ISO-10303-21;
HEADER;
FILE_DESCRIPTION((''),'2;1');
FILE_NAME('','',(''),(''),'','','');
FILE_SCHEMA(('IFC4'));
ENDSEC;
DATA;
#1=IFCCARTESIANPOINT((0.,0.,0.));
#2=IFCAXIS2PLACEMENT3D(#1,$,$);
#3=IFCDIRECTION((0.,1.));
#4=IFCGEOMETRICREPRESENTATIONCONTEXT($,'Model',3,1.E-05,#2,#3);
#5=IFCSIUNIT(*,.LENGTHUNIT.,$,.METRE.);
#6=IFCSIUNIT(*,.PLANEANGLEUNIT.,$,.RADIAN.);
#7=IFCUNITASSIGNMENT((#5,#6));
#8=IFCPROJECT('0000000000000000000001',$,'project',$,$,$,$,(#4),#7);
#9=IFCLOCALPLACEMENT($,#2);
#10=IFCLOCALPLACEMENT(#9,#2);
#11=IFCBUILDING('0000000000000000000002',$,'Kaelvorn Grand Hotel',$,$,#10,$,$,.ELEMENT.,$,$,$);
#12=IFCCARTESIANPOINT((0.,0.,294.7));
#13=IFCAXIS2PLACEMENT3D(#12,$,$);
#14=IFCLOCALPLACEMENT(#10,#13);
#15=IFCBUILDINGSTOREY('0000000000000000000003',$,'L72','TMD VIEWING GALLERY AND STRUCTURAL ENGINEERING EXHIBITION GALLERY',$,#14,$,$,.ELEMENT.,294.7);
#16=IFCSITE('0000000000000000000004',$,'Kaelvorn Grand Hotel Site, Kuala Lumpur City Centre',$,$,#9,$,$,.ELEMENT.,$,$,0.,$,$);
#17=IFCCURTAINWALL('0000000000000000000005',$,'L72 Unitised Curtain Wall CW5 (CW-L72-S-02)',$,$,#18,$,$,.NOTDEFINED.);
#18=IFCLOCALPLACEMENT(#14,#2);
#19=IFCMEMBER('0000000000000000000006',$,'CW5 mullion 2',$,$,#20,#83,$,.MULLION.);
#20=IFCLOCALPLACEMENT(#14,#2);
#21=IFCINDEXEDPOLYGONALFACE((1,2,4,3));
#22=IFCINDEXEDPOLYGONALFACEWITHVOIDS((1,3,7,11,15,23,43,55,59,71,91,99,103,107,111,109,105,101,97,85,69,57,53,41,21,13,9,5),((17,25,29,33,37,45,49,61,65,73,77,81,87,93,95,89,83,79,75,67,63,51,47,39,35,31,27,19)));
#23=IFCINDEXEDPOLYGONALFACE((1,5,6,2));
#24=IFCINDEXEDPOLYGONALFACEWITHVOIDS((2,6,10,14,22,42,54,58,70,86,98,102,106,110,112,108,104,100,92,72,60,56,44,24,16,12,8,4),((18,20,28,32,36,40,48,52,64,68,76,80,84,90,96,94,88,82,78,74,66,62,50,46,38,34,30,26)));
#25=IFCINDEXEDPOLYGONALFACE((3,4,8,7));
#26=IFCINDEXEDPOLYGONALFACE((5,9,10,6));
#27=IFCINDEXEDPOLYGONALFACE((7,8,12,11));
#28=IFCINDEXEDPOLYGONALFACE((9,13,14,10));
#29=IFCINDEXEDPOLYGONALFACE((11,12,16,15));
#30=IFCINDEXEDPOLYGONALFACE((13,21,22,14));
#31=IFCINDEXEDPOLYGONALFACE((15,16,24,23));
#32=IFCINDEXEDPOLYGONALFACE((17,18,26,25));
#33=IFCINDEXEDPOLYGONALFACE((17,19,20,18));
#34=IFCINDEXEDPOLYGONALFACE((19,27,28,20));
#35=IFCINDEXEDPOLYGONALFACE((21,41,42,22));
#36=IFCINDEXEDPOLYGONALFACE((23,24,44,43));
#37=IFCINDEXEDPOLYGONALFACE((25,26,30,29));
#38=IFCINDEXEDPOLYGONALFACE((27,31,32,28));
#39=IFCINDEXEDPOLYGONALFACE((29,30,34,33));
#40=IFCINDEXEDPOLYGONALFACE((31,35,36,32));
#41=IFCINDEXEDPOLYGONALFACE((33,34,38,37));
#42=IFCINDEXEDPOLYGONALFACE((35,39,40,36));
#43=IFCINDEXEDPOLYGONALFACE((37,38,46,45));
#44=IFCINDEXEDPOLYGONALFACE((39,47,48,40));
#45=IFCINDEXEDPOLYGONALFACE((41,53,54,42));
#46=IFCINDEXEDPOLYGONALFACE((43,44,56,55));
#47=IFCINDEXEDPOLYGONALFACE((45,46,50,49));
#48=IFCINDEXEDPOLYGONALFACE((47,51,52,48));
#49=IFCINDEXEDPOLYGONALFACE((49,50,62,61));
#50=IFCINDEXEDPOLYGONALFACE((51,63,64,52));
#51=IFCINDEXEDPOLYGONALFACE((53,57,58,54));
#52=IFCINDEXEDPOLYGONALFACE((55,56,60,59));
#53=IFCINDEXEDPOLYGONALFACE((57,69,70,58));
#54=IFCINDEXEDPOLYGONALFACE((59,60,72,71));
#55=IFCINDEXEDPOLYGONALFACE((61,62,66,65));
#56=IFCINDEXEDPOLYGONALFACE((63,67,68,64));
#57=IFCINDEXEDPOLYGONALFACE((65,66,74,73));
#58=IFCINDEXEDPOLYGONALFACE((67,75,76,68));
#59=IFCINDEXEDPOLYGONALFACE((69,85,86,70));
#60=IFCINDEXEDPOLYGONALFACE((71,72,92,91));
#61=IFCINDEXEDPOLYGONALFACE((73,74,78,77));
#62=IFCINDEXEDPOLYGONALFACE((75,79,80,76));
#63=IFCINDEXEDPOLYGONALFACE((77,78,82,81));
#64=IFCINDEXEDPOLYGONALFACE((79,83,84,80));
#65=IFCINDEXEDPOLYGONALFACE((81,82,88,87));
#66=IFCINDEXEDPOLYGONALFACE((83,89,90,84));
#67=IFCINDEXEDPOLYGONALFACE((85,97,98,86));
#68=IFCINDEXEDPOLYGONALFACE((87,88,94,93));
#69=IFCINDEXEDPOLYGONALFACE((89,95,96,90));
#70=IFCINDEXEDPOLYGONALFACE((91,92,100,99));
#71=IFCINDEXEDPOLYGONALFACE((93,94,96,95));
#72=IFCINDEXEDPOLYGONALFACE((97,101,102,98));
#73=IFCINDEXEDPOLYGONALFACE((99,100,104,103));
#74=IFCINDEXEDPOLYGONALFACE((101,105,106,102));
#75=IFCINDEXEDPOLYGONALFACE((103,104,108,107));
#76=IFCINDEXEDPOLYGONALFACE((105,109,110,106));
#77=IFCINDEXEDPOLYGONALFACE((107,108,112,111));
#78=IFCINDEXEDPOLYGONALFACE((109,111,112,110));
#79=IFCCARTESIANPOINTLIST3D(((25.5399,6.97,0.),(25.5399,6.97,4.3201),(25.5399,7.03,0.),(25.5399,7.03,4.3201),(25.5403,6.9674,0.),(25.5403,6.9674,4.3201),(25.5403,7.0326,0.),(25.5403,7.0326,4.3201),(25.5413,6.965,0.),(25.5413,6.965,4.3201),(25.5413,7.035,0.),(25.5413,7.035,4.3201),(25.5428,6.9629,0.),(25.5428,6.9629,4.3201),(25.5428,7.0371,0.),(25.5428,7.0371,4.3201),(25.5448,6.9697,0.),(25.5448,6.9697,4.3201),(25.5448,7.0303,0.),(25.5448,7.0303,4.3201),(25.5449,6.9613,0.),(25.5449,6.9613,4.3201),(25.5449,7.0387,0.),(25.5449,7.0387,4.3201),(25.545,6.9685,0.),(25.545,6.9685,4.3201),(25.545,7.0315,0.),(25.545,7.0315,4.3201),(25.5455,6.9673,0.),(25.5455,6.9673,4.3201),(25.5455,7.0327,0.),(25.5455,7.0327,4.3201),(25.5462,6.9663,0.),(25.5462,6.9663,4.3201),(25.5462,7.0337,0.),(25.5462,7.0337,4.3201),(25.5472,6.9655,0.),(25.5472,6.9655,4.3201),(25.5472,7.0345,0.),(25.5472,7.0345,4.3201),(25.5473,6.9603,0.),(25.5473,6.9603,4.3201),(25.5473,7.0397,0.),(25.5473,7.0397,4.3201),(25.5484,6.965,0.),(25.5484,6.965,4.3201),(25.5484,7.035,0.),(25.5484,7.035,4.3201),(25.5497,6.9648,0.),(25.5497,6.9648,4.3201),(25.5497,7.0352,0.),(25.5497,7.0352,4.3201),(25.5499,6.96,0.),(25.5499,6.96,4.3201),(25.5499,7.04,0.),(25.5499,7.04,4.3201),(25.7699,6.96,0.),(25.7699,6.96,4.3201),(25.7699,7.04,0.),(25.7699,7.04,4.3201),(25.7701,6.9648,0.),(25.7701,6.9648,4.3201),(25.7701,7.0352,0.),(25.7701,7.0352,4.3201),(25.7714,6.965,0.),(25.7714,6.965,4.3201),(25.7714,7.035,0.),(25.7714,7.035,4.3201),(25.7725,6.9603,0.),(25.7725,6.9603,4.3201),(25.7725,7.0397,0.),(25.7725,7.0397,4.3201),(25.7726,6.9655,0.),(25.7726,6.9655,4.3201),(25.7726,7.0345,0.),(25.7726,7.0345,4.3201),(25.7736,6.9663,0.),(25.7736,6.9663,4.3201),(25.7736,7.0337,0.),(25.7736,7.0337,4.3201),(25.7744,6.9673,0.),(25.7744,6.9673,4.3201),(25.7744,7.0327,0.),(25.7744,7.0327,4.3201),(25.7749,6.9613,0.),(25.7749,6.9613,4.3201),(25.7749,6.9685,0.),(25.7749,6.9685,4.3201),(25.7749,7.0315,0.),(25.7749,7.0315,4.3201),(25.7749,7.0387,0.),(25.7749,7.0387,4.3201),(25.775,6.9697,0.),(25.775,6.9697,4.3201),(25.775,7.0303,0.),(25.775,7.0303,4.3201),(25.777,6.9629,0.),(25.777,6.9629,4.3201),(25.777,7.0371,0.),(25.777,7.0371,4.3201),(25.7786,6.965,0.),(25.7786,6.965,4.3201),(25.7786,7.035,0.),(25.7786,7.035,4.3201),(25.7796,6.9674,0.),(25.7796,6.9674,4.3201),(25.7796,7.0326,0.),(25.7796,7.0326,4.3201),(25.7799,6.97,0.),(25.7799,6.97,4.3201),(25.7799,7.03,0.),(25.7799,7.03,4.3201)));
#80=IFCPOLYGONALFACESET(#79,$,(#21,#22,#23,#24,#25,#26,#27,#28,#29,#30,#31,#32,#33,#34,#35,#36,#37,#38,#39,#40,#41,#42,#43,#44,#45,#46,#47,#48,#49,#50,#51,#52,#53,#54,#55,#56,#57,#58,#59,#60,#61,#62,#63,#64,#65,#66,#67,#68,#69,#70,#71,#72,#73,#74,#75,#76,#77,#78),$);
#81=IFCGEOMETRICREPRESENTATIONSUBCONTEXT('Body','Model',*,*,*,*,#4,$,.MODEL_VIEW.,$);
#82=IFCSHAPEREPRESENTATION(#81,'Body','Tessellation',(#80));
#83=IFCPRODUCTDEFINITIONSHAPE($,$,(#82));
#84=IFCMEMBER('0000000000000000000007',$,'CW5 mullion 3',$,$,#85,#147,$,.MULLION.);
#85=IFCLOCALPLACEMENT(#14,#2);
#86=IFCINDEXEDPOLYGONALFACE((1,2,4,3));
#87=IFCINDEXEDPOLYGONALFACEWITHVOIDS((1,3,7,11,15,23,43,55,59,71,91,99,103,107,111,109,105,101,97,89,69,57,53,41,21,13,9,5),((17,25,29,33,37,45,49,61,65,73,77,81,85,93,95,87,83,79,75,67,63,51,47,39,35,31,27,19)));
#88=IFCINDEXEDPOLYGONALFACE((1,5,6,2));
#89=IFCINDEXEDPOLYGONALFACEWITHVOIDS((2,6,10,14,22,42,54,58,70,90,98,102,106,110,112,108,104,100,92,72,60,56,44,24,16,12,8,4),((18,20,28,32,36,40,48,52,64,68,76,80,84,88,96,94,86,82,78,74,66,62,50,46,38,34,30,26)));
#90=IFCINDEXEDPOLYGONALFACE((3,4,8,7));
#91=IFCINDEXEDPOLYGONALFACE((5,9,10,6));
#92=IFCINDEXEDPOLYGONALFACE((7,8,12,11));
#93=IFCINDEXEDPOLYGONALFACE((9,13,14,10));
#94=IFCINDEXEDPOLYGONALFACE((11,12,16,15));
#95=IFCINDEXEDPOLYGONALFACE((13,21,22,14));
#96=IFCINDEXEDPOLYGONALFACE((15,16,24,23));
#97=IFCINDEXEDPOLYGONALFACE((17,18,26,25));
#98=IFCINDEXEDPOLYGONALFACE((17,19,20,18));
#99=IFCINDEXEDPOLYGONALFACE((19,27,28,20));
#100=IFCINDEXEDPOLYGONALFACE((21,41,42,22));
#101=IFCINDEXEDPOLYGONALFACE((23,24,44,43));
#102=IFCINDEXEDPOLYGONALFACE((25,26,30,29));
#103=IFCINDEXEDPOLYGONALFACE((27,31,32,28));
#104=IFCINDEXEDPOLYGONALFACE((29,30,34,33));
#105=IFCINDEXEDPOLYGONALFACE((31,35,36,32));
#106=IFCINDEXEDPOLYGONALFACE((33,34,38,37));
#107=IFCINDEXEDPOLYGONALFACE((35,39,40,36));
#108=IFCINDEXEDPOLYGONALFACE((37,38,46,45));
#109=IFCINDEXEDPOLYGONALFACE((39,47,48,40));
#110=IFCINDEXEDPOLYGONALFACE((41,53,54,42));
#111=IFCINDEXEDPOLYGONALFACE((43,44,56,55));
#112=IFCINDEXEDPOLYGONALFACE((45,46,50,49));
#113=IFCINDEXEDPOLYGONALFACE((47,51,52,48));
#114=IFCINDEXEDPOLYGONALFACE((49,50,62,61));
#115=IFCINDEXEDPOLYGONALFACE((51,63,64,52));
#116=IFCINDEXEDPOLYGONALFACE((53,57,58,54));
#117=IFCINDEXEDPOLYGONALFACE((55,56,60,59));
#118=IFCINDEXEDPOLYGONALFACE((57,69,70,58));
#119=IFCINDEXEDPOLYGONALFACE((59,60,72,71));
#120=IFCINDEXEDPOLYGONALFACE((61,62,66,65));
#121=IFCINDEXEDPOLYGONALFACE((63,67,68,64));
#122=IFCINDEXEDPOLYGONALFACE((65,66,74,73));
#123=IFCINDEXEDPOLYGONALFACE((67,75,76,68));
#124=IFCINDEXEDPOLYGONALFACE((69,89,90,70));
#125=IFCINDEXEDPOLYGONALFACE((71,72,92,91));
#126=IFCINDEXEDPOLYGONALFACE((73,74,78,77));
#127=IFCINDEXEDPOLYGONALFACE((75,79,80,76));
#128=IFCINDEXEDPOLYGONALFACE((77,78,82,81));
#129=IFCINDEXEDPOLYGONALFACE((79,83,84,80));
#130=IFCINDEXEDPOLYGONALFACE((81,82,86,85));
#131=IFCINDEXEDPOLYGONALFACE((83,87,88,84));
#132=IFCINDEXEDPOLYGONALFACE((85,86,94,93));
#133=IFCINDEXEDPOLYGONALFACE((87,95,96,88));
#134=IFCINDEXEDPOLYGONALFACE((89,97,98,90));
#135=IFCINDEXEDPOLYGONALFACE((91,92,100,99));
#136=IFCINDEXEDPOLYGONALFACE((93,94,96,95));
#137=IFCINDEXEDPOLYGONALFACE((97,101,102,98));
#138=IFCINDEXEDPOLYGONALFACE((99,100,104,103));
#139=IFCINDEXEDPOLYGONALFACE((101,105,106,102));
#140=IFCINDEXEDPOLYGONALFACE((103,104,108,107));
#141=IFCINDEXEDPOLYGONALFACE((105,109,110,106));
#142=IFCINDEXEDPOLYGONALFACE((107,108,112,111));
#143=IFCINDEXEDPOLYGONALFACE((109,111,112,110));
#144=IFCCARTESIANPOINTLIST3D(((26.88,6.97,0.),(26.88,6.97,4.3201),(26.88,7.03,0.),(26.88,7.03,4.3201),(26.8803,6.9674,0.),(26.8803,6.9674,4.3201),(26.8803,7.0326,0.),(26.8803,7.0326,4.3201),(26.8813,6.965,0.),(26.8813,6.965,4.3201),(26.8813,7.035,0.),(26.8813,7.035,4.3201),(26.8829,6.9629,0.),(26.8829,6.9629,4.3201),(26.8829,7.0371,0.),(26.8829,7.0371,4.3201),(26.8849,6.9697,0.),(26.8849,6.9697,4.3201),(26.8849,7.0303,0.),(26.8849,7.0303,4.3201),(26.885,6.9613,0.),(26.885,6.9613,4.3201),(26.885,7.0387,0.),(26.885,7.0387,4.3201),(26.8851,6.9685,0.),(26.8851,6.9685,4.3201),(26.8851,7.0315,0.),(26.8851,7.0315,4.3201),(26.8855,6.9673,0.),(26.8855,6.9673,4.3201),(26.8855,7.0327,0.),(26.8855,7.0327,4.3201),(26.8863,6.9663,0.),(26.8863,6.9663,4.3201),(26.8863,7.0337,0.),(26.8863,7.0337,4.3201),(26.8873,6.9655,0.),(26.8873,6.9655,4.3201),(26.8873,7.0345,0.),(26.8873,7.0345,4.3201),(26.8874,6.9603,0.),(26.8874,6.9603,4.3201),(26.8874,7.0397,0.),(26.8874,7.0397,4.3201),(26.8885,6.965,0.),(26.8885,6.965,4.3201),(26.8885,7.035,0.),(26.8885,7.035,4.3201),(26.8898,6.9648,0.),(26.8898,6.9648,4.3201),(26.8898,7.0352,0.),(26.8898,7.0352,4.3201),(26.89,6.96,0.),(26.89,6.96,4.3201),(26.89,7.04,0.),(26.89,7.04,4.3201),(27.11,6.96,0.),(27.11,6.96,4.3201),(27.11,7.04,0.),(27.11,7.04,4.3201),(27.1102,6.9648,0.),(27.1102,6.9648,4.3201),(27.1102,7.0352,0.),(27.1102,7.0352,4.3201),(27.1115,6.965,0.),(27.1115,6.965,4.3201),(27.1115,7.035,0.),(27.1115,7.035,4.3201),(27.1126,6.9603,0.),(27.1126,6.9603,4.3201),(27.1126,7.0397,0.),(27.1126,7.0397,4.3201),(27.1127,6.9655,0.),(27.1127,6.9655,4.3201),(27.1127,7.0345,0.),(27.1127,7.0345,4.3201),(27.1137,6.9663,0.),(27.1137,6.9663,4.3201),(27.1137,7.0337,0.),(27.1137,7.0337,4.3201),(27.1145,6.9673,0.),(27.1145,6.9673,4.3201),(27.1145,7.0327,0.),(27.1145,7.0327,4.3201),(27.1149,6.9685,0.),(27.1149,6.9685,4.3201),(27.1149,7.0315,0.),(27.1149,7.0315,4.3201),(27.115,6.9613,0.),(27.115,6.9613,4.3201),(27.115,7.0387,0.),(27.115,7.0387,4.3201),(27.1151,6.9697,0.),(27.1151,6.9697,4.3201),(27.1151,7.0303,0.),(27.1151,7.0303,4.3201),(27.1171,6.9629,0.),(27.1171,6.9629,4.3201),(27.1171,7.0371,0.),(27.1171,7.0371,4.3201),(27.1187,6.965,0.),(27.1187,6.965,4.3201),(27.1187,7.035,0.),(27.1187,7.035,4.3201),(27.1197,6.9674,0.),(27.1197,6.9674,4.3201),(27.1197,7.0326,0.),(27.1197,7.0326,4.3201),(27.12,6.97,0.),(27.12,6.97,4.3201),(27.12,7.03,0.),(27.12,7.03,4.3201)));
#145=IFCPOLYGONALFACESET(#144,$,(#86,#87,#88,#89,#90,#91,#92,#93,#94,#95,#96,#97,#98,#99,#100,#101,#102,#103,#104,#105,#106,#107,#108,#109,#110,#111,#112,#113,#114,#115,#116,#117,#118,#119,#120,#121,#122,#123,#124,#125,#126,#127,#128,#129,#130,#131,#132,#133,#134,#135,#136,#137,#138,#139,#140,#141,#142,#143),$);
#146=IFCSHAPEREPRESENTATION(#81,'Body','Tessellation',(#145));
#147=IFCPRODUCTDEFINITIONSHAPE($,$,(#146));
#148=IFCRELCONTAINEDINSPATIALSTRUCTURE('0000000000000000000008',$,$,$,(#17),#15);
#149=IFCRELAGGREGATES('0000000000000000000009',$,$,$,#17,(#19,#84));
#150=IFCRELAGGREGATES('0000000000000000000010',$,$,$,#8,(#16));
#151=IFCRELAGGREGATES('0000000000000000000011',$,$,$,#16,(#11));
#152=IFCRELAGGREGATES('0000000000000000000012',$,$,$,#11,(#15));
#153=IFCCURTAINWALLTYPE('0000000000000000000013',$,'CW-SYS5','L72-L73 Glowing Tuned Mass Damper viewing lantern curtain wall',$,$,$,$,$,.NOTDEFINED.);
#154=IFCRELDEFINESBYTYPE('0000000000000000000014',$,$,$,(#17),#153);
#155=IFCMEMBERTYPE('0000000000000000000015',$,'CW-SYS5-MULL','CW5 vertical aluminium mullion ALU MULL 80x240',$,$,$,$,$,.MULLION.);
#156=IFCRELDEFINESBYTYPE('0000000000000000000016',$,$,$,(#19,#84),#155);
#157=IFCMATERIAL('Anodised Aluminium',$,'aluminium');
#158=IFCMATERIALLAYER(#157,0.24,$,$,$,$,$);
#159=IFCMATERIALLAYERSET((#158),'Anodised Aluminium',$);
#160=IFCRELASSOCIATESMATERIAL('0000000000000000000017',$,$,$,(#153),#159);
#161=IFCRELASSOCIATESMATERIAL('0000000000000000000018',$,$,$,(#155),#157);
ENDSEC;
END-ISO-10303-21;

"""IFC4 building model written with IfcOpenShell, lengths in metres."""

from ifc_helpers import new_model, si_unit, direction, frame, origin, origin_2d, place, context, subcontext, project, spatial, hollow_rectangle, extrude, material, layer, layer_set, material_profile, profile_set, type_object, element, aggregate, save


model = new_model("IFC4")

# Units and contexts
model_context = context("Model", 3, precision=1e-05, world=origin(), true_north=direction((0.0, 1.0)))
body_context = subcontext(model_context, "Body", "Model", "MODEL_VIEW")
ifc_project = project(units=[si_unit("LENGTHUNIT", "METRE"), si_unit("PLANEANGLEUNIT", "RADIAN")], contexts=[model_context])

# Site, building, storey
site_placement = place(None, origin())
site = spatial("IfcSite", under=ifc_project, at=site_placement, Name="Kaelvorn Grand Hotel Site, Kuala Lumpur City Centre", CompositionType="ELEMENT", RefElevation=0.0)
building_placement = place(site_placement, origin())
building = spatial("IfcBuilding", under=site, at=building_placement, Name="Kaelvorn Grand Hotel", CompositionType="ELEMENT")
storey_placement = place(building_placement, frame((0.0, 0.0, 294.7)))
storey = spatial("IfcBuildingStorey", under=building, at=storey_placement, Name="L72", Description="TMD VIEWING GALLERY AND STRUCTURAL ENGINEERING EXHIBITION GALLERY", CompositionType="ELEMENT", Elevation=294.7)

# Curtain wall, members
ifc_material_1 = material(Name="Anodised Aluminium", Category="aluminium")
ifc_layer_1 = layer(ifc_material_1, 0.24)
ifc_layer_set_1 = layer_set([ifc_layer_1], Name="Anodised Aluminium")
curtain_wall_type = type_object("IfcCurtainWallType", Name="CW-SYS5", Description="L72-L73 Glowing Tuned Mass Damper viewing lantern curtain wall", PredefinedType="NOTDEFINED", material=ifc_layer_set_1)
curtain_wall_placement = place(storey_placement, origin())
curtain_wall = element("IfcCurtainWall", 1, at=curtain_wall_placement, inside=storey, type_object=curtain_wall_type, Name="L72 Unitised Curtain Wall CW5 (CW-L72-S-02)", PredefinedType="NOTDEFINED")
ifc_material_profile_1 = material_profile(ifc_material_1, hollow_rectangle(XDim=0.0801, YDim=0.24, WallThickness=0.0049, InnerFilletRadius=0.0049, OuterFilletRadius=0.01, at=origin_2d()), Name="ALU MULL 80x240")
ifc_profile_set_1 = profile_set([ifc_material_profile_1], Name="Anodised Aluminium")
member_type_1 = type_object("IfcMemberType", Name="CW-SYS5-MULL", Description="CW5 vertical aluminium mullion ALU MULL 80x240", PredefinedType="MULLION", material=ifc_profile_set_1)
member_1_placement = place(storey_placement, frame((25.6599, 7.0, 0.0), z_axis=(0.0, 0.0, 1.0), x_axis=(0.0, 1.0, 0.0)))
member_1 = element("IfcMember", 2, at=member_1_placement, type_object=member_type_1, Name="CW5 mullion 2", PredefinedType="MULLION", context=body_context, shape_type="SweptSolid", body=[
    extrude(hollow_rectangle(XDim=0.0801, YDim=0.24, WallThickness=0.0049, InnerFilletRadius=0.0049, OuterFilletRadius=0.01, at=origin_2d()), origin(), (0.0, 0.0, 1.0), 4.3201),
])
member_2_placement = place(storey_placement, frame((27.0, 7.0, 0.0), z_axis=(0.0, 0.0, 1.0), x_axis=(0.0, 1.0, 0.0)))
member_2 = element("IfcMember", 3, at=member_2_placement, type_object=member_type_1, Name="CW5 mullion 3", PredefinedType="MULLION", context=body_context, shape_type="SweptSolid", body=[
    extrude(hollow_rectangle(XDim=0.0801, YDim=0.24, WallThickness=0.0049, InnerFilletRadius=0.0049, OuterFilletRadius=0.01, at=origin_2d()), origin(), (0.0, 0.0, 1.0), 4.3201),
])
aggregate(curtain_wall, [member_1, member_2])

save(model, "model.ifc")
